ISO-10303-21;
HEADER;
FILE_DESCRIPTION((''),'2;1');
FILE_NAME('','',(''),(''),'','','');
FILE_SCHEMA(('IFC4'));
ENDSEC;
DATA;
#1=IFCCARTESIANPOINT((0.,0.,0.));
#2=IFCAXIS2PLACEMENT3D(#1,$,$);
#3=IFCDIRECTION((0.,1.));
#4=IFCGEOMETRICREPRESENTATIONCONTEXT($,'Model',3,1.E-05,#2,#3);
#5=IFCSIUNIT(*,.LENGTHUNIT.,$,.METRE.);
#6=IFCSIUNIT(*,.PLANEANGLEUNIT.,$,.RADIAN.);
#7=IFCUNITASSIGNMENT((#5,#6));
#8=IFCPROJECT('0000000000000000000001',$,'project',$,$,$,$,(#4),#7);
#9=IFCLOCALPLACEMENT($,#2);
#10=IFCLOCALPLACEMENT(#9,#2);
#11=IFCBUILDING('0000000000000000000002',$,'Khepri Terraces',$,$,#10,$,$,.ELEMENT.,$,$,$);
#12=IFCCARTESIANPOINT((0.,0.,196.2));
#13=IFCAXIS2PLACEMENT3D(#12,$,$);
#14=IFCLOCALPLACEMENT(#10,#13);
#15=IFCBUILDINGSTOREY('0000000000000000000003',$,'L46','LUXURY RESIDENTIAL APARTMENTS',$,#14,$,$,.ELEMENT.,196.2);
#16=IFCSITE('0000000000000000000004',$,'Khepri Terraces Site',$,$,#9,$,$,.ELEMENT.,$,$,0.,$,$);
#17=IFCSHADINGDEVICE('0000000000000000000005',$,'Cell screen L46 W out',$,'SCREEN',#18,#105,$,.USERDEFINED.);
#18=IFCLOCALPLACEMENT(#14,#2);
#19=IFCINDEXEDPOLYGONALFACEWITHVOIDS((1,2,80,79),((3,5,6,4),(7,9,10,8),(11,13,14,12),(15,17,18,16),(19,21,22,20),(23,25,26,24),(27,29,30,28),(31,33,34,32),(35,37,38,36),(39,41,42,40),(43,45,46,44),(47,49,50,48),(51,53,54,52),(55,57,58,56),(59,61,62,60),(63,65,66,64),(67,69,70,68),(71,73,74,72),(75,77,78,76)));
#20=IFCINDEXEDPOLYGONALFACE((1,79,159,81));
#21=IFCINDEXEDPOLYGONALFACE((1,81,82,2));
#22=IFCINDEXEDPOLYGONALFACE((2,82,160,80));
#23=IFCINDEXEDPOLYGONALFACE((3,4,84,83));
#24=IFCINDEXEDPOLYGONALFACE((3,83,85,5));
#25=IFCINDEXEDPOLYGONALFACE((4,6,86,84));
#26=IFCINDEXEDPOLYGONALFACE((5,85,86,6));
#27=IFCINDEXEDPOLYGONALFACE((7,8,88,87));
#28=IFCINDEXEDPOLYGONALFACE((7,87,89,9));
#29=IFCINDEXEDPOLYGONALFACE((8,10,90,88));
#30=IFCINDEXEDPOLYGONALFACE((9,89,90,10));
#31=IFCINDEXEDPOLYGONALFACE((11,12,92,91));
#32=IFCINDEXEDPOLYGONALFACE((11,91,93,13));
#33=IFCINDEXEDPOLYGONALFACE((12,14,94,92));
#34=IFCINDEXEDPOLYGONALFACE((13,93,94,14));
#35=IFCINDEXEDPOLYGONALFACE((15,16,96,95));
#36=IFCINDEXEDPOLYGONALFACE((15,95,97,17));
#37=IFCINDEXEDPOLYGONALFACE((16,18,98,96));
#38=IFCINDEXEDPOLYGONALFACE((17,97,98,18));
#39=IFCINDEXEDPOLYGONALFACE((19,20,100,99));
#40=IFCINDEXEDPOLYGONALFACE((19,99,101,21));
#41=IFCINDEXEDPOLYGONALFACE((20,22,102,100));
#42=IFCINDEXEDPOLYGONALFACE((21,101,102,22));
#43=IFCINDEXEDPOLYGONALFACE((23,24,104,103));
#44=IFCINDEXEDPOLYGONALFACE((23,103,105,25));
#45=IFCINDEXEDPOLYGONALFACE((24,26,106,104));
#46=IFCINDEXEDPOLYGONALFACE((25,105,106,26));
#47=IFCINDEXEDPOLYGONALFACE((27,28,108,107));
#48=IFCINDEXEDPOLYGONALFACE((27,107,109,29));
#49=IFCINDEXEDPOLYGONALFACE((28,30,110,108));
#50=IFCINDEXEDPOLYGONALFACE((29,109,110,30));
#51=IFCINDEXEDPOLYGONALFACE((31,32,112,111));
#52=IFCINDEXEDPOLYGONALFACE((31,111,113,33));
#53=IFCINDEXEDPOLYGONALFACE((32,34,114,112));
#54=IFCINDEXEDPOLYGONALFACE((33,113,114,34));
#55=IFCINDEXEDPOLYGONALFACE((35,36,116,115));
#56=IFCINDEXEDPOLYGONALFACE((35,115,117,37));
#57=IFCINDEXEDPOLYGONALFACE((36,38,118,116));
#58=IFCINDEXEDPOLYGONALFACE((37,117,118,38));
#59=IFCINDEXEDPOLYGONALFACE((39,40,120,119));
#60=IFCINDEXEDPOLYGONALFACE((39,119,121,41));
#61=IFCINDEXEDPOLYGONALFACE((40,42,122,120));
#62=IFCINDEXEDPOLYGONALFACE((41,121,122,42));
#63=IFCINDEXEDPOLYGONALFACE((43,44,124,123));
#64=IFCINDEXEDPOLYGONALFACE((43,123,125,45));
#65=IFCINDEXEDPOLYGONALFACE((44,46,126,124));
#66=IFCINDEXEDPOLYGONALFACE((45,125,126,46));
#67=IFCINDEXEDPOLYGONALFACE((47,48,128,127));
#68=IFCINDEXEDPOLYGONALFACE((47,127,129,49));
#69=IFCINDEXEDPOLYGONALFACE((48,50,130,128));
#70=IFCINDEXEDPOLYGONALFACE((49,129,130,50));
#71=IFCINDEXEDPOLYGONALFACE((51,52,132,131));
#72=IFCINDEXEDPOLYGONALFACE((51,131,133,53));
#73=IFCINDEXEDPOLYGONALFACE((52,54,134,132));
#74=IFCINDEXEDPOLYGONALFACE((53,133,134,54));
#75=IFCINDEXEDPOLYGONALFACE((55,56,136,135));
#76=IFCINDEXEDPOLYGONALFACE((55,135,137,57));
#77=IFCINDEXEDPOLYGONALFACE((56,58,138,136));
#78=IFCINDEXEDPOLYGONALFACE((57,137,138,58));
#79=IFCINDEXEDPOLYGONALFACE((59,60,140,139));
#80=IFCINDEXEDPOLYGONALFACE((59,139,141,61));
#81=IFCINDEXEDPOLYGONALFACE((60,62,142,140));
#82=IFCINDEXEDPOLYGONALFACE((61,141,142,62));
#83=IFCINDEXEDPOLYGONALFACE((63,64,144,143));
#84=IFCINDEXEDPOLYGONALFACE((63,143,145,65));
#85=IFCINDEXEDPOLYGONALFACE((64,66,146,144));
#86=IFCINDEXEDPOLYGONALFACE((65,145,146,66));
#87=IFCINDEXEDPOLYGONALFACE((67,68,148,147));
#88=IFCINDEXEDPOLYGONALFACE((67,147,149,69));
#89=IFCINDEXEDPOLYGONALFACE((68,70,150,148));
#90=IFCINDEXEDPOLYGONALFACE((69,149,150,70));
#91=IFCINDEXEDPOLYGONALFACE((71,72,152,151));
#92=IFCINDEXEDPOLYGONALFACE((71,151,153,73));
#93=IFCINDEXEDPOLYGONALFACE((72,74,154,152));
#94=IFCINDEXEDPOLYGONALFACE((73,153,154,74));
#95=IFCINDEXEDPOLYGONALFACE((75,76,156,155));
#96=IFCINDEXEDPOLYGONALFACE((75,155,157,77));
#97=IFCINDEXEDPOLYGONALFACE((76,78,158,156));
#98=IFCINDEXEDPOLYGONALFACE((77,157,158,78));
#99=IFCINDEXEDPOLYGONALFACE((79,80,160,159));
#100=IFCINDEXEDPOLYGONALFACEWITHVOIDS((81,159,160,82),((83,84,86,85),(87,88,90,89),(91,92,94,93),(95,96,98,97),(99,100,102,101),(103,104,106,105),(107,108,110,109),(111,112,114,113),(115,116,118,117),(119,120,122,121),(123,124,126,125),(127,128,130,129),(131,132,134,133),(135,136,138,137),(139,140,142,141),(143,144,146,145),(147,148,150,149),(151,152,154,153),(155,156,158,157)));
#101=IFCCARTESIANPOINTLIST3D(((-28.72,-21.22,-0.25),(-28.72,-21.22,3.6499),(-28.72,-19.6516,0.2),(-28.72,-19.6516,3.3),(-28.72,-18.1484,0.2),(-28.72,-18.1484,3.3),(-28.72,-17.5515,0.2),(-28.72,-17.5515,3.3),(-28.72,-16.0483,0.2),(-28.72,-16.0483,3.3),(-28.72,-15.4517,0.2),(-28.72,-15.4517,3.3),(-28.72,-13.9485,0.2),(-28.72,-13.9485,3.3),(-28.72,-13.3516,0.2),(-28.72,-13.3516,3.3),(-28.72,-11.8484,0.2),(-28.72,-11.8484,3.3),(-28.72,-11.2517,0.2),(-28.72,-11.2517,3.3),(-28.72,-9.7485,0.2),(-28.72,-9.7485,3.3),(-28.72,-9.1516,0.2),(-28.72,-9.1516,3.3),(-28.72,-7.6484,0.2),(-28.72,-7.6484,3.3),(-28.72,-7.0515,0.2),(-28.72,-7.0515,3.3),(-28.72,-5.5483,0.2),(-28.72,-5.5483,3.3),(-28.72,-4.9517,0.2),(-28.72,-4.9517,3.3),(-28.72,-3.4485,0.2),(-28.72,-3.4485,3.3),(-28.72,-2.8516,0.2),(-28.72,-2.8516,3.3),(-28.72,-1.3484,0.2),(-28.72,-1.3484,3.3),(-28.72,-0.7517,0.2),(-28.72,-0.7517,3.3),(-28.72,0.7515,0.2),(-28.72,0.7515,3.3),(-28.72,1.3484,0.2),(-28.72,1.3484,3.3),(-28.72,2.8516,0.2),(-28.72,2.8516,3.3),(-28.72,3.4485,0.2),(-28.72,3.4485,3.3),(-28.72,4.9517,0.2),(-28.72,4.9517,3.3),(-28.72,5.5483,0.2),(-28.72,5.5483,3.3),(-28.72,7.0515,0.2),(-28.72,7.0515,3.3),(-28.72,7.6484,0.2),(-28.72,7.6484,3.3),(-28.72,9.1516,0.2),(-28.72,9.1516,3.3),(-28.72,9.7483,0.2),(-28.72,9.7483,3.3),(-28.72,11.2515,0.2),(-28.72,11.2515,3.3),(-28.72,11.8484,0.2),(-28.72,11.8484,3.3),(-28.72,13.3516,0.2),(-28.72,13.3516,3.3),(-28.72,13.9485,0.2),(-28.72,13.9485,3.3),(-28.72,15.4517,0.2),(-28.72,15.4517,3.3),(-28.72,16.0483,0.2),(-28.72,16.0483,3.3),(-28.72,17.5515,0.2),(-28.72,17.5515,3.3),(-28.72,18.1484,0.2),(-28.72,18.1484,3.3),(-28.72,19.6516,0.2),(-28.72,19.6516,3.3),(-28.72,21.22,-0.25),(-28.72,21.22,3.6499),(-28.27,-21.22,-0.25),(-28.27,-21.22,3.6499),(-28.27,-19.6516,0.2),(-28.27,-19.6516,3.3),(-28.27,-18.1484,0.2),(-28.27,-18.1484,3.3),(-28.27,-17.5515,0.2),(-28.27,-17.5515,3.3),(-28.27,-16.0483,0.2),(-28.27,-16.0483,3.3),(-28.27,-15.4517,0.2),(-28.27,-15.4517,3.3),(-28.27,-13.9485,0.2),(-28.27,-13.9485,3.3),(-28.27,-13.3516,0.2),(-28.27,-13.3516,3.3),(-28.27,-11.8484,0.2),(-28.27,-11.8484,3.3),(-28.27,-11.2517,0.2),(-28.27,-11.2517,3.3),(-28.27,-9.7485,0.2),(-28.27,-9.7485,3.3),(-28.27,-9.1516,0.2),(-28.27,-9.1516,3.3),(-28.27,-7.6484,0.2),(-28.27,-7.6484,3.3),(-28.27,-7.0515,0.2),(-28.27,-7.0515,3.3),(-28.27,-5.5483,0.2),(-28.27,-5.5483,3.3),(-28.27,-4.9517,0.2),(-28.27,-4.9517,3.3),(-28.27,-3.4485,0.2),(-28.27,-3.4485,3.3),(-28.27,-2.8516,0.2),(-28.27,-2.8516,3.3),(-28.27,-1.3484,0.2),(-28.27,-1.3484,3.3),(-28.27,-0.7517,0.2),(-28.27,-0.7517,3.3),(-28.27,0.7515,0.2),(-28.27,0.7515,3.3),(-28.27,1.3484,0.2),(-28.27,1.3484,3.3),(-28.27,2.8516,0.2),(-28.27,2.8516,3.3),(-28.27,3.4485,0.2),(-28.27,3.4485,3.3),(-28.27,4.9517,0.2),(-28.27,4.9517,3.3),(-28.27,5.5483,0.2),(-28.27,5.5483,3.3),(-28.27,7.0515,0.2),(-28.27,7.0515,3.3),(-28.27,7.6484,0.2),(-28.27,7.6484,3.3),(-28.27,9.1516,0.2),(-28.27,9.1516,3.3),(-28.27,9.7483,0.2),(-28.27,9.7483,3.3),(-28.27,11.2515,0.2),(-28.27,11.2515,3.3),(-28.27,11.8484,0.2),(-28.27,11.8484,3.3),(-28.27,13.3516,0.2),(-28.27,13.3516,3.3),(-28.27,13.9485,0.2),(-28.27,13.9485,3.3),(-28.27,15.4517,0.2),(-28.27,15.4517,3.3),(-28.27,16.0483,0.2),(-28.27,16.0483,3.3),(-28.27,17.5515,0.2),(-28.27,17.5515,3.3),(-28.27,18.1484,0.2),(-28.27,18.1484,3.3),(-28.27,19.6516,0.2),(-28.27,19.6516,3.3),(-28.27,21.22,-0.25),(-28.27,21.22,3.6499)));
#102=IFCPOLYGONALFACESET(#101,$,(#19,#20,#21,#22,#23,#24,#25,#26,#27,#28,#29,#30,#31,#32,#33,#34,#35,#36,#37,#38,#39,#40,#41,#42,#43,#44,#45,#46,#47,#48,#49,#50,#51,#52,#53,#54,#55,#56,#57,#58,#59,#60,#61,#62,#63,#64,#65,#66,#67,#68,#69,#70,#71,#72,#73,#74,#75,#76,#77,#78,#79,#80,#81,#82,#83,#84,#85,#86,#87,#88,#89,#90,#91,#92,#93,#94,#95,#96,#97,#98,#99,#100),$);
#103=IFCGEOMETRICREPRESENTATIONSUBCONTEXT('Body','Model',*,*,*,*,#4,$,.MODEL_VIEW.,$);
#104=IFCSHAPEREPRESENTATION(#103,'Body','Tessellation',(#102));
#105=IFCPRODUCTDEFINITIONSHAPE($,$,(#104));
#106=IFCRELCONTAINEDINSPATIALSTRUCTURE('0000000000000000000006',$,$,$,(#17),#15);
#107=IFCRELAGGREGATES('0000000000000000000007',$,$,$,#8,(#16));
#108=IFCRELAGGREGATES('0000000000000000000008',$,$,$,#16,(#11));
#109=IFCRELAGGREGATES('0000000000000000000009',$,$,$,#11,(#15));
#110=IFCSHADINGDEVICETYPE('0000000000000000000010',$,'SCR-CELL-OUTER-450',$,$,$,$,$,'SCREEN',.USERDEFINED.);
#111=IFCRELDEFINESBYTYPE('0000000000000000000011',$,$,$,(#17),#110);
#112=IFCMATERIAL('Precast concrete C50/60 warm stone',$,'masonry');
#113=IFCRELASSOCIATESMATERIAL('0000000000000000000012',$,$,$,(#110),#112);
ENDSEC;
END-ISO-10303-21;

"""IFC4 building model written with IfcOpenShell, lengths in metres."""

from ifc_helpers import new_model, si_unit, direction, frame, origin, place, context, subcontext, project, spatial, polyline, outline, extrude, material, type_object, element, save


model = new_model("IFC4")

# Units and contexts
model_context = context("Model", 3, precision=1e-05, world=origin(), true_north=direction((0.0, 1.0)))
body_context = subcontext(model_context, "Body", "Model", "MODEL_VIEW")
ifc_project = project(units=[si_unit("LENGTHUNIT", "METRE"), si_unit("PLANEANGLEUNIT", "RADIAN")], contexts=[model_context])

# Site, building, storey
site_placement = place(None, origin())
site = spatial("IfcSite", under=ifc_project, at=site_placement, Name="Khepri Terraces Site", CompositionType="ELEMENT", RefElevation=0.0)
building_placement = place(site_placement, origin())
building = spatial("IfcBuilding", under=site, at=building_placement, Name="Khepri Terraces", CompositionType="ELEMENT")
storey_placement = place(building_placement, frame((0.0, 0.0, 196.2)))
storey = spatial("IfcBuildingStorey", under=building, at=storey_placement, Name="L46", Description="LUXURY RESIDENTIAL APARTMENTS", CompositionType="ELEMENT", Elevation=196.2)

# Shared definitions
ifc_material_1 = material(Name="Precast concrete C50/60 warm stone", Category="masonry")

# Shading device
shading_device_type_1 = type_object("IfcShadingDeviceType", Name="SCR-CELL-OUTER-450", ElementType="SCREEN", PredefinedType="USERDEFINED", material=ifc_material_1)
shading_device_1_placement = place(storey_placement, frame((-28.27, 21.22, -0.25), z_axis=(-1.0, 0.0, 0.0), x_axis=(0.0, -1.0, 0.0)))
element("IfcShadingDevice", 1, at=shading_device_1_placement, inside=storey, type_object=shading_device_type_1, Name="Cell screen L46 W out", ObjectType="SCREEN", PredefinedType="USERDEFINED", context=body_context, shape_type="SweptSolid", body=[
    extrude(outline(polyline([(0.0, 0.0), (42.4399, 0.0), (42.4399, 3.8999), (0.0, 3.8999), (0.0, 0.0)]), holes=[polyline([(1.5684, 0.45), (3.0715, 0.45), (3.0715, 3.55), (1.5684, 3.55), (1.5684, 0.45)]), polyline([(3.6685, 0.45), (5.1716, 0.45), (5.1716, 3.55), (3.6685, 3.55), (3.6685, 0.45)]), polyline([(5.7683, 0.45), (7.2715, 0.45), (7.2715, 3.55), (5.7683, 3.55), (5.7683, 0.45)]), polyline([(7.8684, 0.45), (9.3716, 0.45), (9.3716, 3.55), (7.8684, 3.55), (7.8684, 0.45)]), polyline([(9.9685, 0.45), (11.4717, 0.45), (11.4717, 3.55), (9.9685, 3.55), (9.9685, 0.45)]), polyline([(12.0684, 0.45), (13.5715, 0.45), (13.5715, 3.55), (12.0684, 3.55), (12.0684, 0.45)]), polyline([(14.1685, 0.45), (15.6716, 0.45), (15.6716, 3.55), (14.1685, 3.55), (14.1685, 0.45)]), polyline([(16.2683, 0.45), (17.7715, 0.45), (17.7715, 3.55), (16.2683, 3.55), (16.2683, 0.45)]), polyline([(18.3684, 0.45), (19.8716, 0.45), (19.8716, 3.55), (18.3684, 3.55), (18.3684, 0.45)]), polyline([(20.4685, 0.45), (21.9717, 0.45), (21.9717, 3.55), (20.4685, 3.55), (20.4685, 0.45)]), polyline([(22.5684, 0.45), (24.0715, 0.45), (24.0715, 3.55), (22.5684, 3.55), (22.5684, 0.45)]), polyline([(24.6685, 0.45), (26.1716, 0.45), (26.1716, 3.55), (24.6685, 3.55), (24.6685, 0.45)]), polyline([(26.7683, 0.45), (28.2715, 0.45), (28.2715, 3.55), (26.7683, 3.55), (26.7683, 0.45)]), polyline([(28.8684, 0.45), (30.3716, 0.45), (30.3716, 3.55), (28.8684, 3.55), (28.8684, 0.45)]), polyline([(30.9685, 0.45), (32.4717, 0.45), (32.4717, 3.55), (30.9685, 3.55), (30.9685, 0.45)]), polyline([(33.0684, 0.45), (34.5715, 0.45), (34.5715, 3.55), (33.0684, 3.55), (33.0684, 0.45)]), polyline([(35.1685, 0.45), (36.6716, 0.45), (36.6716, 3.55), (35.1685, 3.55), (35.1685, 0.45)]), polyline([(37.2683, 0.45), (38.7715, 0.45), (38.7715, 3.55), (37.2683, 3.55), (37.2683, 0.45)]), polyline([(39.3684, 0.45), (40.8716, 0.45), (40.8716, 3.55), (39.3684, 3.55), (39.3684, 0.45)])]), origin(), (0.0, 0.0, 1.0), 0.45),
])

save(model, "model.ifc")
